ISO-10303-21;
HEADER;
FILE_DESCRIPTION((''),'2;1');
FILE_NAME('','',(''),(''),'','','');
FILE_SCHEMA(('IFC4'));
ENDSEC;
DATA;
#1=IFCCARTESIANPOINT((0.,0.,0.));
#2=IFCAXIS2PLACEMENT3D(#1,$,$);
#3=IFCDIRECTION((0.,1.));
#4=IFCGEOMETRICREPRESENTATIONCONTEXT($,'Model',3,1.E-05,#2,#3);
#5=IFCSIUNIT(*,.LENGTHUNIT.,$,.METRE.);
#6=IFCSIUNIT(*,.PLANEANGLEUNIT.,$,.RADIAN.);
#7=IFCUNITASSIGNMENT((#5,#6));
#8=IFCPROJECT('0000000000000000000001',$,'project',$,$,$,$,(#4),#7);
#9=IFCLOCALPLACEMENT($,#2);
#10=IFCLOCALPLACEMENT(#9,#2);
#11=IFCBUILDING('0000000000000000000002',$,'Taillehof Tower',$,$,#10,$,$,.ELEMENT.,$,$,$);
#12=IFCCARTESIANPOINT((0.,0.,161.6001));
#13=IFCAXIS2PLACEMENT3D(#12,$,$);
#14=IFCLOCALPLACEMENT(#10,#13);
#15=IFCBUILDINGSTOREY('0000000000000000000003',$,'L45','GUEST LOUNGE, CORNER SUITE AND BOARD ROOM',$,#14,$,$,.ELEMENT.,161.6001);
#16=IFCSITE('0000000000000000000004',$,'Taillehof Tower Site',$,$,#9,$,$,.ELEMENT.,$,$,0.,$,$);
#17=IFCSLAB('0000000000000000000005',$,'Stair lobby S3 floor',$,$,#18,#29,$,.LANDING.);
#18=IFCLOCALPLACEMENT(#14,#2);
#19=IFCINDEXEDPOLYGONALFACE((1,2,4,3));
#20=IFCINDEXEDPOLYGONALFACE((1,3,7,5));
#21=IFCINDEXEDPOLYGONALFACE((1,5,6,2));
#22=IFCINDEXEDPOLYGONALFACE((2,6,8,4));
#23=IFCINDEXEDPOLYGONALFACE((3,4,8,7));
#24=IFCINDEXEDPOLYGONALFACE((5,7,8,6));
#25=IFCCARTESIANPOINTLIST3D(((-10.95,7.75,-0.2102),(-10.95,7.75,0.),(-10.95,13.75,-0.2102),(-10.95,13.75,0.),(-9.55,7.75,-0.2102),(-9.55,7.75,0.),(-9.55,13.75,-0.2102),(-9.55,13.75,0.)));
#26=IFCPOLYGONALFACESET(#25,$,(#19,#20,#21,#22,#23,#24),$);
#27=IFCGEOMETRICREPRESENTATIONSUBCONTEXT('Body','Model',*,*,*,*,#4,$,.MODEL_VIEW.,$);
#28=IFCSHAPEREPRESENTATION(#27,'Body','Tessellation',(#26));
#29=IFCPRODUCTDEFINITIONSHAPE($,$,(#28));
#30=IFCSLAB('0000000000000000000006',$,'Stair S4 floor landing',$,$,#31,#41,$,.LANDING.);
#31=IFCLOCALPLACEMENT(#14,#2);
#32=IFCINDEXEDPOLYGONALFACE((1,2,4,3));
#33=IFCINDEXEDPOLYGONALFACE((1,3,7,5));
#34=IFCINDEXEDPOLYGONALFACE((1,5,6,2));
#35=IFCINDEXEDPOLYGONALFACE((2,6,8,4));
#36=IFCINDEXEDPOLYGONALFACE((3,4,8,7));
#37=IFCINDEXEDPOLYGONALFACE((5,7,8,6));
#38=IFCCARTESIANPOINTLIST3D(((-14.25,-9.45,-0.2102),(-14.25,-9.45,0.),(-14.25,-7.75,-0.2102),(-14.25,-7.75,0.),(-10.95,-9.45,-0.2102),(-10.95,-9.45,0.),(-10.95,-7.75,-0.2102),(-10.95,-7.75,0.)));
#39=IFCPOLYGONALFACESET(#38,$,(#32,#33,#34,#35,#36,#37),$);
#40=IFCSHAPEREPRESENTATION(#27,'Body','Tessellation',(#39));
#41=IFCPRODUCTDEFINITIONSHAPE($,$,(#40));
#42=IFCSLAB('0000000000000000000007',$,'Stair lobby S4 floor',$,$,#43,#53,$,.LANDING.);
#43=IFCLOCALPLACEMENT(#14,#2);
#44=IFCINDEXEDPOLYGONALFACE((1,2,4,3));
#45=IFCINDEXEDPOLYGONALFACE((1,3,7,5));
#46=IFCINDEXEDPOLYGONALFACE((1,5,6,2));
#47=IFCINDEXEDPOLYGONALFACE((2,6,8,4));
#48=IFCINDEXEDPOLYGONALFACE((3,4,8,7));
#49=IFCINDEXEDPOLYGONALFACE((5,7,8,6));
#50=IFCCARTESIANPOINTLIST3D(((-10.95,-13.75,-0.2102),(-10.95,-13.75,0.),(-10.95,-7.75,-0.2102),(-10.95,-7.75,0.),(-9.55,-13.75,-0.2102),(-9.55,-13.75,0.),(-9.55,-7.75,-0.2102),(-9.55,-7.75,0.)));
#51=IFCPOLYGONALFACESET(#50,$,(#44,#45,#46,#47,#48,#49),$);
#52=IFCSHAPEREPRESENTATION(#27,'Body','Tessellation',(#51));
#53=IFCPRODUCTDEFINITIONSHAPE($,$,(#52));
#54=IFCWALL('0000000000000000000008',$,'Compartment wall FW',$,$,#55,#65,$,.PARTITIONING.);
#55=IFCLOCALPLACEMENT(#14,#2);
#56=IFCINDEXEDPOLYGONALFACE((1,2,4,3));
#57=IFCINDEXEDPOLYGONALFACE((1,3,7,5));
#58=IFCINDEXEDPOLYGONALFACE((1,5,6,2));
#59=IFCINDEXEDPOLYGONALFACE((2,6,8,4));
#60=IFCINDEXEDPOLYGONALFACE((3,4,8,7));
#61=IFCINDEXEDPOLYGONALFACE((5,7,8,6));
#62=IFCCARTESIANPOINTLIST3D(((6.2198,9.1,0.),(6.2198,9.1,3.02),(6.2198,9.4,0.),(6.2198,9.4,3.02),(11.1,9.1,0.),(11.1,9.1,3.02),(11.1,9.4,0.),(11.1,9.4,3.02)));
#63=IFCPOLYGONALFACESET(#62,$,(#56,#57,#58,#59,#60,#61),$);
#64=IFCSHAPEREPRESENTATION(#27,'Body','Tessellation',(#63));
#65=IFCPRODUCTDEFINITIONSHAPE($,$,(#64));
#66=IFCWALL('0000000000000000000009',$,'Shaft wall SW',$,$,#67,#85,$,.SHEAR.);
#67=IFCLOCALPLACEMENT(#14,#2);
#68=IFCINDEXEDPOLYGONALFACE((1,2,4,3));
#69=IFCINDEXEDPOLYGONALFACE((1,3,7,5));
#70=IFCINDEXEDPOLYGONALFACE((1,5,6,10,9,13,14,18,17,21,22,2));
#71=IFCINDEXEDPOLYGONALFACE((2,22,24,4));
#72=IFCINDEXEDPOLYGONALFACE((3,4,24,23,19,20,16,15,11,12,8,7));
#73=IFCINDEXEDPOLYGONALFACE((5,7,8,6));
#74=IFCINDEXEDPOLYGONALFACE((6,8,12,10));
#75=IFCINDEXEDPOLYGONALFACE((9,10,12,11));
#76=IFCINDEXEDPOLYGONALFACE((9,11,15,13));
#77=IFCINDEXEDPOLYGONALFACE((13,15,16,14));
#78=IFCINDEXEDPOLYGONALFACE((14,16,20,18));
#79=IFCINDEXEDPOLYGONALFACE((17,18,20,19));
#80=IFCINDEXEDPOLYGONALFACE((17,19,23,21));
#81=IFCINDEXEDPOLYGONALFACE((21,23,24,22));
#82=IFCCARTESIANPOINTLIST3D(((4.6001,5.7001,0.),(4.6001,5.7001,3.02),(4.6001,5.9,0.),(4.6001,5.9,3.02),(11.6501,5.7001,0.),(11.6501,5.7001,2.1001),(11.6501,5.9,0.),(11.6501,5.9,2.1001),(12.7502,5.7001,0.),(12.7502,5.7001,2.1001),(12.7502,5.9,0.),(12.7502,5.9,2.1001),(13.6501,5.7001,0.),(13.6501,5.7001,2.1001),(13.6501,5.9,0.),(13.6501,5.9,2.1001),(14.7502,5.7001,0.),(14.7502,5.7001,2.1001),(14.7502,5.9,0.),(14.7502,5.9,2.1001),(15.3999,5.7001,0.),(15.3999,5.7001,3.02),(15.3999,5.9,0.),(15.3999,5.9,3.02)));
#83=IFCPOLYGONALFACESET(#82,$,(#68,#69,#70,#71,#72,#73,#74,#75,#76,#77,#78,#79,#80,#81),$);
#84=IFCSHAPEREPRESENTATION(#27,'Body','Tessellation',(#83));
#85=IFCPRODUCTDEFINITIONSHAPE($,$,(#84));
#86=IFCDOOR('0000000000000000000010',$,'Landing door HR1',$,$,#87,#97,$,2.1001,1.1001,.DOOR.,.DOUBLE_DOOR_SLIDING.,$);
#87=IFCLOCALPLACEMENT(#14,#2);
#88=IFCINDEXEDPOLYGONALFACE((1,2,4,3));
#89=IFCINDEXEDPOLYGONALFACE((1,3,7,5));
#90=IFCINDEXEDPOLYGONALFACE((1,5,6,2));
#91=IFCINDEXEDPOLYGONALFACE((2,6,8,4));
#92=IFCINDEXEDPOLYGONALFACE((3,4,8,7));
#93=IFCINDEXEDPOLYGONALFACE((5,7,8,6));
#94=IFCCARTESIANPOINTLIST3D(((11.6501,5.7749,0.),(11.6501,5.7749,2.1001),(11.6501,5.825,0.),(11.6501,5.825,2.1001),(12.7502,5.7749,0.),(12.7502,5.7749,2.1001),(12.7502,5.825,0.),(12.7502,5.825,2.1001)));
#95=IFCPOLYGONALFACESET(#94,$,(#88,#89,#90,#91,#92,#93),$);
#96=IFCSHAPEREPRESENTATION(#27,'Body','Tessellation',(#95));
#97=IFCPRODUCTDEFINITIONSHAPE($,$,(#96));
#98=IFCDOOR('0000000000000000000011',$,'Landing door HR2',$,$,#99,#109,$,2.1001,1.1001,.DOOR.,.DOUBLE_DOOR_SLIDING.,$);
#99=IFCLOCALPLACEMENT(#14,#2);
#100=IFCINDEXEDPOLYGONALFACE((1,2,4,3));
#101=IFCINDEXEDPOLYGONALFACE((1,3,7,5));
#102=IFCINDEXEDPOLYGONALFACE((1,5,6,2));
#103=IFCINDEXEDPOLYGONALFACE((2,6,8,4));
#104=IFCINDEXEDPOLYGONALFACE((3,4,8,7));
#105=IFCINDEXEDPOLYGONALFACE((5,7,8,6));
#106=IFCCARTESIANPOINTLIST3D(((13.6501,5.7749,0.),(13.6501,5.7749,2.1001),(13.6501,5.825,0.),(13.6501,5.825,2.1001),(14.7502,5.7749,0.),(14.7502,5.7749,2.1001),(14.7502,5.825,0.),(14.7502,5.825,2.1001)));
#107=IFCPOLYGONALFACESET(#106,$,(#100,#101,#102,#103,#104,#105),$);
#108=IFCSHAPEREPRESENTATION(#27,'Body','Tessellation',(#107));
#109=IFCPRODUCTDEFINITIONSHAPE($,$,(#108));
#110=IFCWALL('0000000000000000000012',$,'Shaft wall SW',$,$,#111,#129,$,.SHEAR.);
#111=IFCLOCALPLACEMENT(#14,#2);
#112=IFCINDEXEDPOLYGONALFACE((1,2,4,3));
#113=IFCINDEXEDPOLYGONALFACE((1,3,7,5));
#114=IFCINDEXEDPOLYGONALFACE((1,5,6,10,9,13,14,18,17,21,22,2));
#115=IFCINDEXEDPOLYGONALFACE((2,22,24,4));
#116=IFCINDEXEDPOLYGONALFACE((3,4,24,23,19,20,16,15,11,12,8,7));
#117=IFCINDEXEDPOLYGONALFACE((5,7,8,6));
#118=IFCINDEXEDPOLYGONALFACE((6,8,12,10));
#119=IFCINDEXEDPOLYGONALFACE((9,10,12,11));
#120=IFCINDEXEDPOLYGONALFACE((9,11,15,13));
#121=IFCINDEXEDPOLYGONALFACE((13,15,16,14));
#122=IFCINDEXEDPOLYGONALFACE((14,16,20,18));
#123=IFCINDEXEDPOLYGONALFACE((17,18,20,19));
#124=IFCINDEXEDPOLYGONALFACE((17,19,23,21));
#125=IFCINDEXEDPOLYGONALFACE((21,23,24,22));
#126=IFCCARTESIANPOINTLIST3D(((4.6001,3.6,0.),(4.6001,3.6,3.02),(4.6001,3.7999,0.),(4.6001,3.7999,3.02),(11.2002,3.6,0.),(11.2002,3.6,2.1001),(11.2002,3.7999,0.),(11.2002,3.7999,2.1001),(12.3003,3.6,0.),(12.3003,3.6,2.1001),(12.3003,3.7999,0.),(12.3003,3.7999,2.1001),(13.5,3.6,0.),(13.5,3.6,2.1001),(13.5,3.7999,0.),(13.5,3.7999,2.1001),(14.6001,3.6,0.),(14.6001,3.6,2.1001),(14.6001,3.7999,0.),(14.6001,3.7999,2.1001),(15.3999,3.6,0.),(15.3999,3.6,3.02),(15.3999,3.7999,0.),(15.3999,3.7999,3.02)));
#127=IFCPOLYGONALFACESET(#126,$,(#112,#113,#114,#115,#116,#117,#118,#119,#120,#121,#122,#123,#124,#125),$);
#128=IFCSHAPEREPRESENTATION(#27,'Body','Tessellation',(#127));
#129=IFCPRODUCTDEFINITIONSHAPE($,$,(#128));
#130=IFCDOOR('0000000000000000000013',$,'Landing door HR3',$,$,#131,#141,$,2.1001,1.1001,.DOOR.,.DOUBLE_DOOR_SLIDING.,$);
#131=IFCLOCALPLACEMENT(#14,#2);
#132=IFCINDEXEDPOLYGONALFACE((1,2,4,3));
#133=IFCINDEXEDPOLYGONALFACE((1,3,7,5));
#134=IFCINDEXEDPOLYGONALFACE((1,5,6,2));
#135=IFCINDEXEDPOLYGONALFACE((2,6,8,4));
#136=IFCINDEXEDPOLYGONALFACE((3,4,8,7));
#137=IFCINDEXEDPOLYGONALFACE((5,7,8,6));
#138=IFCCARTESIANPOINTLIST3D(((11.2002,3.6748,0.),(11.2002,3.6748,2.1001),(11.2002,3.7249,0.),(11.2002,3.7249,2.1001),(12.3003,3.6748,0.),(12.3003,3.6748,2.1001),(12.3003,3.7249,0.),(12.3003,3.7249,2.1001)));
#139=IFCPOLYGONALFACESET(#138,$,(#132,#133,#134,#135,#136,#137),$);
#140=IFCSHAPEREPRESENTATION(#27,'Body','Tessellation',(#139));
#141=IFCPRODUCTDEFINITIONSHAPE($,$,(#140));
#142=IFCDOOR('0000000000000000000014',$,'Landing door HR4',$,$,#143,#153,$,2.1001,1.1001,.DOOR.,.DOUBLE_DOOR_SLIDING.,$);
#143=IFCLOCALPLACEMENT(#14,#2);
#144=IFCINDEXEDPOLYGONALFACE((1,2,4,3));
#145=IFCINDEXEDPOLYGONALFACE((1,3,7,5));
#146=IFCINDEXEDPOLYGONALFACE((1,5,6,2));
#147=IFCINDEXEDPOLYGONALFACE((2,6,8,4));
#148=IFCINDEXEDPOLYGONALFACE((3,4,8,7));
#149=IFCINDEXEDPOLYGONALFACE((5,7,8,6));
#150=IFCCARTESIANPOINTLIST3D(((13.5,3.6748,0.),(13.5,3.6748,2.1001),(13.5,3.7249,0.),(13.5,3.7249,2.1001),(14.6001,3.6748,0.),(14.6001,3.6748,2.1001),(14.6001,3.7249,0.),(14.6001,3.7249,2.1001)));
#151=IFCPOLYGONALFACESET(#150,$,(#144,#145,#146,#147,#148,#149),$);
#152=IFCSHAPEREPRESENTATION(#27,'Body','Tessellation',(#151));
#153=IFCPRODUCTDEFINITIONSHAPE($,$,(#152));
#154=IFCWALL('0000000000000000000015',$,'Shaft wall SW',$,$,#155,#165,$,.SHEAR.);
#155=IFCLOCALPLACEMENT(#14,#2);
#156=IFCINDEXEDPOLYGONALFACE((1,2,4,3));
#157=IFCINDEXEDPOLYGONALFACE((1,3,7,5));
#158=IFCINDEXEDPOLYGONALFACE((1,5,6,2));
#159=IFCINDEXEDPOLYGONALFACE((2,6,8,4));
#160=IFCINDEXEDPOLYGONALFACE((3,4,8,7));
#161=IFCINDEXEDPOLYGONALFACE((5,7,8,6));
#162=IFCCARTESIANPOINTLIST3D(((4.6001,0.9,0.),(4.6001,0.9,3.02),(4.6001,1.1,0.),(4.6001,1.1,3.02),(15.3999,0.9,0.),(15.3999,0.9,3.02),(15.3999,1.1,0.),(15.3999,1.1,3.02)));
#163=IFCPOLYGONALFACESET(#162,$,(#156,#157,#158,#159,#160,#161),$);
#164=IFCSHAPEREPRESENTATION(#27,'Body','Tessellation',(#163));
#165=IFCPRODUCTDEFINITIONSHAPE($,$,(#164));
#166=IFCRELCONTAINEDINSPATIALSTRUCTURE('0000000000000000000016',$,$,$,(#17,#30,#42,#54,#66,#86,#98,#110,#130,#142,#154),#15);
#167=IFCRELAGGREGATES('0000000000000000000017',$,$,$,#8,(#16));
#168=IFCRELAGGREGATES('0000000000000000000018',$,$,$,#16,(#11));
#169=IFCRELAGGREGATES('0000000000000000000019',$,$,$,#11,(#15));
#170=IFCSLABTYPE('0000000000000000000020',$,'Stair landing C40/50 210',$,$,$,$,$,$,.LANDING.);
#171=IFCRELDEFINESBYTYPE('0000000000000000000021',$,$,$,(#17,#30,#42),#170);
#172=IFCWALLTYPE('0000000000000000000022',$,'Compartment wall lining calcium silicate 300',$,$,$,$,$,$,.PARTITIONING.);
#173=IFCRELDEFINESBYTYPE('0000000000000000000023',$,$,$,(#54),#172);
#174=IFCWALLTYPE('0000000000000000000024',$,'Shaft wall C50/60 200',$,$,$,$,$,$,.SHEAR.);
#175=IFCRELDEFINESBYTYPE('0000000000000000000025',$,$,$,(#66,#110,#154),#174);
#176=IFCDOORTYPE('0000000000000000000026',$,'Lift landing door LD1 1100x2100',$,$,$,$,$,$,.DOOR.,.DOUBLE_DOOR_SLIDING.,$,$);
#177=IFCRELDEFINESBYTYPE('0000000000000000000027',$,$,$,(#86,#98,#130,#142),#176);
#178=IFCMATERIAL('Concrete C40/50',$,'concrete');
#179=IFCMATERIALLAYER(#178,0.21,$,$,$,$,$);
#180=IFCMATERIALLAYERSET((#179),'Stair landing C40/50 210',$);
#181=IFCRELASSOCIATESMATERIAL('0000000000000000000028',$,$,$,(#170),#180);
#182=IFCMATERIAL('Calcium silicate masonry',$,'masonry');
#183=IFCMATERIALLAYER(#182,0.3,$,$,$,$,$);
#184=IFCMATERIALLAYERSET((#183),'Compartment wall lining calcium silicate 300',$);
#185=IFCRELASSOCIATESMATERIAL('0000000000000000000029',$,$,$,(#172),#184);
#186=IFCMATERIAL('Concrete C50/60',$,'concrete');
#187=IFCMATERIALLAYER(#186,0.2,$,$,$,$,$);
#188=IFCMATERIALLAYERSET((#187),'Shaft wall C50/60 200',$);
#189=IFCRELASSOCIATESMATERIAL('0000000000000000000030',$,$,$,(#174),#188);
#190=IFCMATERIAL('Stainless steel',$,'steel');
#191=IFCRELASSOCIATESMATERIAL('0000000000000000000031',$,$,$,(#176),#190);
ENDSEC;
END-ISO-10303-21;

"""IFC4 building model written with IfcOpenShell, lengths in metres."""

from ifc_helpers import new_model, si_unit, direction, frame, frame_2d, origin, place, context, subcontext, project, spatial, polyline, rectangle, outline, extrude, material, layer, layer_set, type_object, element, fill, save


model = new_model("IFC4")

# Units and contexts
model_context = context("Model", 3, precision=1e-05, world=origin(), true_north=direction((0.0, 1.0)))
body_context = subcontext(model_context, "Body", "Model", "MODEL_VIEW")
ifc_project = project(units=[si_unit("LENGTHUNIT", "METRE"), si_unit("PLANEANGLEUNIT", "RADIAN")], contexts=[model_context])

# Site, building, storey
site_placement = place(None, origin())
site = spatial("IfcSite", under=ifc_project, at=site_placement, Name="Taillehof Tower Site", CompositionType="ELEMENT", RefElevation=0.0)
building_placement = place(site_placement, origin())
building = spatial("IfcBuilding", under=site, at=building_placement, Name="Taillehof Tower", CompositionType="ELEMENT")
storey_placement = place(building_placement, frame((0.0, 0.0, 161.6001)))
storey = spatial("IfcBuildingStorey", under=building, at=storey_placement, Name="L45", Description="GUEST LOUNGE, CORNER SUITE AND BOARD ROOM", CompositionType="ELEMENT", Elevation=161.6001)

# Shared definitions
ifc_material_1 = material(Name="Concrete C40/50", Category="concrete")
ifc_layer_1 = layer(ifc_material_1, 0.21)
ifc_layer_set_1 = layer_set([ifc_layer_1], Name="Stair landing C40/50 210")
slab_type_1 = type_object("IfcSlabType", Name="Stair landing C40/50 210", PredefinedType="LANDING", material=ifc_layer_set_1)

# Slabs
slab_1_placement = place(storey_placement, frame((0.0, 0.0, -0.2102)))
element("IfcSlab", 1, at=slab_1_placement, inside=storey, type_object=slab_type_1, Name="Stair lobby S3 floor", PredefinedType="LANDING", context=body_context, shape_type="SweptSolid", body=[
    extrude(outline(polyline([(-10.95, 7.75), (-9.55, 7.75), (-9.55, 13.75), (-10.95, 13.75), (-10.95, 7.75)])), origin(), (0.0, 0.0, 1.0), 0.2102),
])
slab_2_placement = place(storey_placement, frame((0.0, 0.0, -0.2102)))
element("IfcSlab", 2, at=slab_2_placement, inside=storey, type_object=slab_type_1, Name="Stair S4 floor landing", PredefinedType="LANDING", context=body_context, shape_type="SweptSolid", body=[
    extrude(outline(polyline([(-14.25, -7.75), (-14.25, -9.45), (-10.95, -9.45), (-10.95, -7.75), (-14.25, -7.75)])), origin(), (0.0, 0.0, 1.0), 0.2102),
])
slab_3_placement = place(storey_placement, frame((0.0, 0.0, -0.2102)))
element("IfcSlab", 3, at=slab_3_placement, inside=storey, type_object=slab_type_1, Name="Stair lobby S4 floor", PredefinedType="LANDING", context=body_context, shape_type="SweptSolid", body=[
    extrude(outline(polyline([(-10.95, -13.75), (-9.55, -13.75), (-9.55, -7.75), (-10.95, -7.75), (-10.95, -13.75)])), origin(), (0.0, 0.0, 1.0), 0.2102),
])

# Wall
ifc_material_2 = material(Name="Calcium silicate masonry", Category="masonry")
ifc_layer_2 = layer(ifc_material_2, 0.3)
ifc_layer_set_2 = layer_set([ifc_layer_2], Name="Compartment wall lining calcium silicate 300")
wall_type_1 = type_object("IfcWallType", Name="Compartment wall lining calcium silicate 300", PredefinedType="PARTITIONING", material=ifc_layer_set_2)
wall_1_placement = place(storey_placement, frame((6.22, 9.25, 0.0), z_axis=(0.0, 0.0, 1.0), x_axis=(1.0, 0.0, 0.0)))
element("IfcWall", 4, at=wall_1_placement, inside=storey, type_object=wall_type_1, Name="Compartment wall FW", PredefinedType="PARTITIONING", context=body_context, shape_type="SweptSolid", body=[
    extrude(rectangle(XDim=4.8801, YDim=0.3, at=frame_2d((2.4399, 0.0))), origin(), (0.0, 0.0, 1.0), 3.02),
])

# Walls, openings, doors
ifc_material_3 = material(Name="Concrete C50/60", Category="concrete")
ifc_layer_3 = layer(ifc_material_3, 0.2)
ifc_layer_set_3 = layer_set([ifc_layer_3], Name="Shaft wall C50/60 200")
wall_type_2 = type_object("IfcWallType", Name="Shaft wall C50/60 200", PredefinedType="SHEAR", material=ifc_layer_set_3)
wall_2_placement = place(storey_placement, frame((4.6001, 5.8, 0.0), z_axis=(0.0, 0.0, 1.0), x_axis=(1.0, 0.0, 0.0)))
wall_2 = element("IfcWall", 5, at=wall_2_placement, inside=storey, type_object=wall_type_2, Name="Shaft wall SW", PredefinedType="SHEAR", context=body_context, shape_type="SweptSolid", body=[
    extrude(rectangle(XDim=10.7998, YDim=0.2, at=frame_2d((5.3999, 0.0))), origin(), (0.0, 0.0, 1.0), 3.02),
])
opening_1_placement = place(wall_2_placement, frame((7.05, 0.0, 0.0)))
opening_1 = element("IfcOpeningElement", 6, at=opening_1_placement, cuts=wall_2, PredefinedType="OPENING", context=body_context, shape_type="SweptSolid", body=[
    extrude(rectangle(XDim=1.1001, YDim=2.1001, at=frame_2d((0.55, 1.05))), frame((0.0, 0.1099, 0.0), z_axis=(0.0, -1.0, 0.0), x_axis=(1.0, 0.0, 0.0)), (0.0, 0.0, 1.0), 0.22),
])
opening_2_placement = place(wall_2_placement, frame((9.05, 0.0, 0.0)))
opening_2 = element("IfcOpeningElement", 7, at=opening_2_placement, cuts=wall_2, PredefinedType="OPENING", context=body_context, shape_type="SweptSolid", body=[
    extrude(rectangle(XDim=1.1001, YDim=2.1001, at=frame_2d((0.55, 1.05))), frame((0.0, 0.1099, 0.0), z_axis=(0.0, -1.0, 0.0), x_axis=(1.0, 0.0, 0.0)), (0.0, 0.0, 1.0), 0.22),
])
ifc_material_4 = material(Name="Stainless steel", Category="steel")
door_type_1 = type_object("IfcDoorType", Name="Lift landing door LD1 1100x2100", OperationType="DOUBLE_DOOR_SLIDING", PredefinedType="DOOR", material=ifc_material_4)
door_1_placement = place(opening_1_placement, origin())
door_1 = element("IfcDoor", 8, at=door_1_placement, inside=storey, type_object=door_type_1, Name="Landing door HR1", OperationType="DOUBLE_DOOR_SLIDING", OverallHeight=2.1001, OverallWidth=1.1001, PredefinedType="DOOR", context=body_context, shape_type="SweptSolid", body=[
    extrude(rectangle(XDim=1.1001, YDim=2.1001, at=frame_2d((0.55, 1.05))), frame((0.0, 0.0249, 0.0), z_axis=(0.0, -1.0, 0.0), x_axis=(1.0, 0.0, 0.0)), (0.0, 0.0, 1.0), 0.05),
])
fill(opening_1, door_1)
door_2_placement = place(opening_2_placement, origin())
door_2 = element("IfcDoor", 9, at=door_2_placement, inside=storey, type_object=door_type_1, Name="Landing door HR2", OperationType="DOUBLE_DOOR_SLIDING", OverallHeight=2.1001, OverallWidth=1.1001, PredefinedType="DOOR", context=body_context, shape_type="SweptSolid", body=[
    extrude(rectangle(XDim=1.1001, YDim=2.1001, at=frame_2d((0.55, 1.05))), frame((0.0, 0.0249, 0.0), z_axis=(0.0, -1.0, 0.0), x_axis=(1.0, 0.0, 0.0)), (0.0, 0.0, 1.0), 0.05),
])
fill(opening_2, door_2)
wall_3_placement = place(storey_placement, frame((4.6001, 3.7, 0.0), z_axis=(0.0, 0.0, 1.0), x_axis=(1.0, 0.0, 0.0)))
wall_3 = element("IfcWall", 10, at=wall_3_placement, inside=storey, type_object=wall_type_2, Name="Shaft wall SW", PredefinedType="SHEAR", context=body_context, shape_type="SweptSolid", body=[
    extrude(rectangle(XDim=10.7998, YDim=0.2, at=frame_2d((5.3999, 0.0))), origin(), (0.0, 0.0, 1.0), 3.02),
])
opening_3_placement = place(wall_3_placement, frame((6.6001, 0.0, 0.0)))
opening_3 = element("IfcOpeningElement", 11, at=opening_3_placement, cuts=wall_3, PredefinedType="OPENING", context=body_context, shape_type="SweptSolid", body=[
    extrude(rectangle(XDim=1.1001, YDim=2.1001, at=frame_2d((0.55, 1.05))), frame((0.0, 0.1099, 0.0), z_axis=(0.0, -1.0, 0.0), x_axis=(1.0, 0.0, 0.0)), (0.0, 0.0, 1.0), 0.22),
])
opening_4_placement = place(wall_3_placement, frame((8.8999, 0.0, 0.0)))
opening_4 = element("IfcOpeningElement", 12, at=opening_4_placement, cuts=wall_3, PredefinedType="OPENING", context=body_context, shape_type="SweptSolid", body=[
    extrude(rectangle(XDim=1.1001, YDim=2.1001, at=frame_2d((0.55, 1.05))), frame((0.0, 0.1099, 0.0), z_axis=(0.0, -1.0, 0.0), x_axis=(1.0, 0.0, 0.0)), (0.0, 0.0, 1.0), 0.22),
])
door_3_placement = place(opening_3_placement, origin())
door_3 = element("IfcDoor", 13, at=door_3_placement, inside=storey, type_object=door_type_1, Name="Landing door HR3", OperationType="DOUBLE_DOOR_SLIDING", OverallHeight=2.1001, OverallWidth=1.1001, PredefinedType="DOOR", context=body_context, shape_type="SweptSolid", body=[
    extrude(rectangle(XDim=1.1001, YDim=2.1001, at=frame_2d((0.55, 1.05))), frame((0.0, 0.0249, 0.0), z_axis=(0.0, -1.0, 0.0), x_axis=(1.0, 0.0, 0.0)), (0.0, 0.0, 1.0), 0.05),
])
fill(opening_3, door_3)
door_4_placement = place(opening_4_placement, origin())
door_4 = element("IfcDoor", 14, at=door_4_placement, inside=storey, type_object=door_type_1, Name="Landing door HR4", OperationType="DOUBLE_DOOR_SLIDING", OverallHeight=2.1001, OverallWidth=1.1001, PredefinedType="DOOR", context=body_context, shape_type="SweptSolid", body=[
    extrude(rectangle(XDim=1.1001, YDim=2.1001, at=frame_2d((0.55, 1.05))), frame((0.0, 0.0249, 0.0), z_axis=(0.0, -1.0, 0.0), x_axis=(1.0, 0.0, 0.0)), (0.0, 0.0, 1.0), 0.05),
])
fill(opening_4, door_4)

# Wall
wall_4_placement = place(storey_placement, frame((4.6001, 1.0, 0.0), z_axis=(0.0, 0.0, 1.0), x_axis=(1.0, 0.0, 0.0)))
element("IfcWall", 15, at=wall_4_placement, inside=storey, type_object=wall_type_2, Name="Shaft wall SW", PredefinedType="SHEAR", context=body_context, shape_type="SweptSolid", body=[
    extrude(rectangle(XDim=10.7998, YDim=0.2, at=frame_2d((5.3999, 0.0))), origin(), (0.0, 0.0, 1.0), 3.02),
])

save(model, "model.ifc")
